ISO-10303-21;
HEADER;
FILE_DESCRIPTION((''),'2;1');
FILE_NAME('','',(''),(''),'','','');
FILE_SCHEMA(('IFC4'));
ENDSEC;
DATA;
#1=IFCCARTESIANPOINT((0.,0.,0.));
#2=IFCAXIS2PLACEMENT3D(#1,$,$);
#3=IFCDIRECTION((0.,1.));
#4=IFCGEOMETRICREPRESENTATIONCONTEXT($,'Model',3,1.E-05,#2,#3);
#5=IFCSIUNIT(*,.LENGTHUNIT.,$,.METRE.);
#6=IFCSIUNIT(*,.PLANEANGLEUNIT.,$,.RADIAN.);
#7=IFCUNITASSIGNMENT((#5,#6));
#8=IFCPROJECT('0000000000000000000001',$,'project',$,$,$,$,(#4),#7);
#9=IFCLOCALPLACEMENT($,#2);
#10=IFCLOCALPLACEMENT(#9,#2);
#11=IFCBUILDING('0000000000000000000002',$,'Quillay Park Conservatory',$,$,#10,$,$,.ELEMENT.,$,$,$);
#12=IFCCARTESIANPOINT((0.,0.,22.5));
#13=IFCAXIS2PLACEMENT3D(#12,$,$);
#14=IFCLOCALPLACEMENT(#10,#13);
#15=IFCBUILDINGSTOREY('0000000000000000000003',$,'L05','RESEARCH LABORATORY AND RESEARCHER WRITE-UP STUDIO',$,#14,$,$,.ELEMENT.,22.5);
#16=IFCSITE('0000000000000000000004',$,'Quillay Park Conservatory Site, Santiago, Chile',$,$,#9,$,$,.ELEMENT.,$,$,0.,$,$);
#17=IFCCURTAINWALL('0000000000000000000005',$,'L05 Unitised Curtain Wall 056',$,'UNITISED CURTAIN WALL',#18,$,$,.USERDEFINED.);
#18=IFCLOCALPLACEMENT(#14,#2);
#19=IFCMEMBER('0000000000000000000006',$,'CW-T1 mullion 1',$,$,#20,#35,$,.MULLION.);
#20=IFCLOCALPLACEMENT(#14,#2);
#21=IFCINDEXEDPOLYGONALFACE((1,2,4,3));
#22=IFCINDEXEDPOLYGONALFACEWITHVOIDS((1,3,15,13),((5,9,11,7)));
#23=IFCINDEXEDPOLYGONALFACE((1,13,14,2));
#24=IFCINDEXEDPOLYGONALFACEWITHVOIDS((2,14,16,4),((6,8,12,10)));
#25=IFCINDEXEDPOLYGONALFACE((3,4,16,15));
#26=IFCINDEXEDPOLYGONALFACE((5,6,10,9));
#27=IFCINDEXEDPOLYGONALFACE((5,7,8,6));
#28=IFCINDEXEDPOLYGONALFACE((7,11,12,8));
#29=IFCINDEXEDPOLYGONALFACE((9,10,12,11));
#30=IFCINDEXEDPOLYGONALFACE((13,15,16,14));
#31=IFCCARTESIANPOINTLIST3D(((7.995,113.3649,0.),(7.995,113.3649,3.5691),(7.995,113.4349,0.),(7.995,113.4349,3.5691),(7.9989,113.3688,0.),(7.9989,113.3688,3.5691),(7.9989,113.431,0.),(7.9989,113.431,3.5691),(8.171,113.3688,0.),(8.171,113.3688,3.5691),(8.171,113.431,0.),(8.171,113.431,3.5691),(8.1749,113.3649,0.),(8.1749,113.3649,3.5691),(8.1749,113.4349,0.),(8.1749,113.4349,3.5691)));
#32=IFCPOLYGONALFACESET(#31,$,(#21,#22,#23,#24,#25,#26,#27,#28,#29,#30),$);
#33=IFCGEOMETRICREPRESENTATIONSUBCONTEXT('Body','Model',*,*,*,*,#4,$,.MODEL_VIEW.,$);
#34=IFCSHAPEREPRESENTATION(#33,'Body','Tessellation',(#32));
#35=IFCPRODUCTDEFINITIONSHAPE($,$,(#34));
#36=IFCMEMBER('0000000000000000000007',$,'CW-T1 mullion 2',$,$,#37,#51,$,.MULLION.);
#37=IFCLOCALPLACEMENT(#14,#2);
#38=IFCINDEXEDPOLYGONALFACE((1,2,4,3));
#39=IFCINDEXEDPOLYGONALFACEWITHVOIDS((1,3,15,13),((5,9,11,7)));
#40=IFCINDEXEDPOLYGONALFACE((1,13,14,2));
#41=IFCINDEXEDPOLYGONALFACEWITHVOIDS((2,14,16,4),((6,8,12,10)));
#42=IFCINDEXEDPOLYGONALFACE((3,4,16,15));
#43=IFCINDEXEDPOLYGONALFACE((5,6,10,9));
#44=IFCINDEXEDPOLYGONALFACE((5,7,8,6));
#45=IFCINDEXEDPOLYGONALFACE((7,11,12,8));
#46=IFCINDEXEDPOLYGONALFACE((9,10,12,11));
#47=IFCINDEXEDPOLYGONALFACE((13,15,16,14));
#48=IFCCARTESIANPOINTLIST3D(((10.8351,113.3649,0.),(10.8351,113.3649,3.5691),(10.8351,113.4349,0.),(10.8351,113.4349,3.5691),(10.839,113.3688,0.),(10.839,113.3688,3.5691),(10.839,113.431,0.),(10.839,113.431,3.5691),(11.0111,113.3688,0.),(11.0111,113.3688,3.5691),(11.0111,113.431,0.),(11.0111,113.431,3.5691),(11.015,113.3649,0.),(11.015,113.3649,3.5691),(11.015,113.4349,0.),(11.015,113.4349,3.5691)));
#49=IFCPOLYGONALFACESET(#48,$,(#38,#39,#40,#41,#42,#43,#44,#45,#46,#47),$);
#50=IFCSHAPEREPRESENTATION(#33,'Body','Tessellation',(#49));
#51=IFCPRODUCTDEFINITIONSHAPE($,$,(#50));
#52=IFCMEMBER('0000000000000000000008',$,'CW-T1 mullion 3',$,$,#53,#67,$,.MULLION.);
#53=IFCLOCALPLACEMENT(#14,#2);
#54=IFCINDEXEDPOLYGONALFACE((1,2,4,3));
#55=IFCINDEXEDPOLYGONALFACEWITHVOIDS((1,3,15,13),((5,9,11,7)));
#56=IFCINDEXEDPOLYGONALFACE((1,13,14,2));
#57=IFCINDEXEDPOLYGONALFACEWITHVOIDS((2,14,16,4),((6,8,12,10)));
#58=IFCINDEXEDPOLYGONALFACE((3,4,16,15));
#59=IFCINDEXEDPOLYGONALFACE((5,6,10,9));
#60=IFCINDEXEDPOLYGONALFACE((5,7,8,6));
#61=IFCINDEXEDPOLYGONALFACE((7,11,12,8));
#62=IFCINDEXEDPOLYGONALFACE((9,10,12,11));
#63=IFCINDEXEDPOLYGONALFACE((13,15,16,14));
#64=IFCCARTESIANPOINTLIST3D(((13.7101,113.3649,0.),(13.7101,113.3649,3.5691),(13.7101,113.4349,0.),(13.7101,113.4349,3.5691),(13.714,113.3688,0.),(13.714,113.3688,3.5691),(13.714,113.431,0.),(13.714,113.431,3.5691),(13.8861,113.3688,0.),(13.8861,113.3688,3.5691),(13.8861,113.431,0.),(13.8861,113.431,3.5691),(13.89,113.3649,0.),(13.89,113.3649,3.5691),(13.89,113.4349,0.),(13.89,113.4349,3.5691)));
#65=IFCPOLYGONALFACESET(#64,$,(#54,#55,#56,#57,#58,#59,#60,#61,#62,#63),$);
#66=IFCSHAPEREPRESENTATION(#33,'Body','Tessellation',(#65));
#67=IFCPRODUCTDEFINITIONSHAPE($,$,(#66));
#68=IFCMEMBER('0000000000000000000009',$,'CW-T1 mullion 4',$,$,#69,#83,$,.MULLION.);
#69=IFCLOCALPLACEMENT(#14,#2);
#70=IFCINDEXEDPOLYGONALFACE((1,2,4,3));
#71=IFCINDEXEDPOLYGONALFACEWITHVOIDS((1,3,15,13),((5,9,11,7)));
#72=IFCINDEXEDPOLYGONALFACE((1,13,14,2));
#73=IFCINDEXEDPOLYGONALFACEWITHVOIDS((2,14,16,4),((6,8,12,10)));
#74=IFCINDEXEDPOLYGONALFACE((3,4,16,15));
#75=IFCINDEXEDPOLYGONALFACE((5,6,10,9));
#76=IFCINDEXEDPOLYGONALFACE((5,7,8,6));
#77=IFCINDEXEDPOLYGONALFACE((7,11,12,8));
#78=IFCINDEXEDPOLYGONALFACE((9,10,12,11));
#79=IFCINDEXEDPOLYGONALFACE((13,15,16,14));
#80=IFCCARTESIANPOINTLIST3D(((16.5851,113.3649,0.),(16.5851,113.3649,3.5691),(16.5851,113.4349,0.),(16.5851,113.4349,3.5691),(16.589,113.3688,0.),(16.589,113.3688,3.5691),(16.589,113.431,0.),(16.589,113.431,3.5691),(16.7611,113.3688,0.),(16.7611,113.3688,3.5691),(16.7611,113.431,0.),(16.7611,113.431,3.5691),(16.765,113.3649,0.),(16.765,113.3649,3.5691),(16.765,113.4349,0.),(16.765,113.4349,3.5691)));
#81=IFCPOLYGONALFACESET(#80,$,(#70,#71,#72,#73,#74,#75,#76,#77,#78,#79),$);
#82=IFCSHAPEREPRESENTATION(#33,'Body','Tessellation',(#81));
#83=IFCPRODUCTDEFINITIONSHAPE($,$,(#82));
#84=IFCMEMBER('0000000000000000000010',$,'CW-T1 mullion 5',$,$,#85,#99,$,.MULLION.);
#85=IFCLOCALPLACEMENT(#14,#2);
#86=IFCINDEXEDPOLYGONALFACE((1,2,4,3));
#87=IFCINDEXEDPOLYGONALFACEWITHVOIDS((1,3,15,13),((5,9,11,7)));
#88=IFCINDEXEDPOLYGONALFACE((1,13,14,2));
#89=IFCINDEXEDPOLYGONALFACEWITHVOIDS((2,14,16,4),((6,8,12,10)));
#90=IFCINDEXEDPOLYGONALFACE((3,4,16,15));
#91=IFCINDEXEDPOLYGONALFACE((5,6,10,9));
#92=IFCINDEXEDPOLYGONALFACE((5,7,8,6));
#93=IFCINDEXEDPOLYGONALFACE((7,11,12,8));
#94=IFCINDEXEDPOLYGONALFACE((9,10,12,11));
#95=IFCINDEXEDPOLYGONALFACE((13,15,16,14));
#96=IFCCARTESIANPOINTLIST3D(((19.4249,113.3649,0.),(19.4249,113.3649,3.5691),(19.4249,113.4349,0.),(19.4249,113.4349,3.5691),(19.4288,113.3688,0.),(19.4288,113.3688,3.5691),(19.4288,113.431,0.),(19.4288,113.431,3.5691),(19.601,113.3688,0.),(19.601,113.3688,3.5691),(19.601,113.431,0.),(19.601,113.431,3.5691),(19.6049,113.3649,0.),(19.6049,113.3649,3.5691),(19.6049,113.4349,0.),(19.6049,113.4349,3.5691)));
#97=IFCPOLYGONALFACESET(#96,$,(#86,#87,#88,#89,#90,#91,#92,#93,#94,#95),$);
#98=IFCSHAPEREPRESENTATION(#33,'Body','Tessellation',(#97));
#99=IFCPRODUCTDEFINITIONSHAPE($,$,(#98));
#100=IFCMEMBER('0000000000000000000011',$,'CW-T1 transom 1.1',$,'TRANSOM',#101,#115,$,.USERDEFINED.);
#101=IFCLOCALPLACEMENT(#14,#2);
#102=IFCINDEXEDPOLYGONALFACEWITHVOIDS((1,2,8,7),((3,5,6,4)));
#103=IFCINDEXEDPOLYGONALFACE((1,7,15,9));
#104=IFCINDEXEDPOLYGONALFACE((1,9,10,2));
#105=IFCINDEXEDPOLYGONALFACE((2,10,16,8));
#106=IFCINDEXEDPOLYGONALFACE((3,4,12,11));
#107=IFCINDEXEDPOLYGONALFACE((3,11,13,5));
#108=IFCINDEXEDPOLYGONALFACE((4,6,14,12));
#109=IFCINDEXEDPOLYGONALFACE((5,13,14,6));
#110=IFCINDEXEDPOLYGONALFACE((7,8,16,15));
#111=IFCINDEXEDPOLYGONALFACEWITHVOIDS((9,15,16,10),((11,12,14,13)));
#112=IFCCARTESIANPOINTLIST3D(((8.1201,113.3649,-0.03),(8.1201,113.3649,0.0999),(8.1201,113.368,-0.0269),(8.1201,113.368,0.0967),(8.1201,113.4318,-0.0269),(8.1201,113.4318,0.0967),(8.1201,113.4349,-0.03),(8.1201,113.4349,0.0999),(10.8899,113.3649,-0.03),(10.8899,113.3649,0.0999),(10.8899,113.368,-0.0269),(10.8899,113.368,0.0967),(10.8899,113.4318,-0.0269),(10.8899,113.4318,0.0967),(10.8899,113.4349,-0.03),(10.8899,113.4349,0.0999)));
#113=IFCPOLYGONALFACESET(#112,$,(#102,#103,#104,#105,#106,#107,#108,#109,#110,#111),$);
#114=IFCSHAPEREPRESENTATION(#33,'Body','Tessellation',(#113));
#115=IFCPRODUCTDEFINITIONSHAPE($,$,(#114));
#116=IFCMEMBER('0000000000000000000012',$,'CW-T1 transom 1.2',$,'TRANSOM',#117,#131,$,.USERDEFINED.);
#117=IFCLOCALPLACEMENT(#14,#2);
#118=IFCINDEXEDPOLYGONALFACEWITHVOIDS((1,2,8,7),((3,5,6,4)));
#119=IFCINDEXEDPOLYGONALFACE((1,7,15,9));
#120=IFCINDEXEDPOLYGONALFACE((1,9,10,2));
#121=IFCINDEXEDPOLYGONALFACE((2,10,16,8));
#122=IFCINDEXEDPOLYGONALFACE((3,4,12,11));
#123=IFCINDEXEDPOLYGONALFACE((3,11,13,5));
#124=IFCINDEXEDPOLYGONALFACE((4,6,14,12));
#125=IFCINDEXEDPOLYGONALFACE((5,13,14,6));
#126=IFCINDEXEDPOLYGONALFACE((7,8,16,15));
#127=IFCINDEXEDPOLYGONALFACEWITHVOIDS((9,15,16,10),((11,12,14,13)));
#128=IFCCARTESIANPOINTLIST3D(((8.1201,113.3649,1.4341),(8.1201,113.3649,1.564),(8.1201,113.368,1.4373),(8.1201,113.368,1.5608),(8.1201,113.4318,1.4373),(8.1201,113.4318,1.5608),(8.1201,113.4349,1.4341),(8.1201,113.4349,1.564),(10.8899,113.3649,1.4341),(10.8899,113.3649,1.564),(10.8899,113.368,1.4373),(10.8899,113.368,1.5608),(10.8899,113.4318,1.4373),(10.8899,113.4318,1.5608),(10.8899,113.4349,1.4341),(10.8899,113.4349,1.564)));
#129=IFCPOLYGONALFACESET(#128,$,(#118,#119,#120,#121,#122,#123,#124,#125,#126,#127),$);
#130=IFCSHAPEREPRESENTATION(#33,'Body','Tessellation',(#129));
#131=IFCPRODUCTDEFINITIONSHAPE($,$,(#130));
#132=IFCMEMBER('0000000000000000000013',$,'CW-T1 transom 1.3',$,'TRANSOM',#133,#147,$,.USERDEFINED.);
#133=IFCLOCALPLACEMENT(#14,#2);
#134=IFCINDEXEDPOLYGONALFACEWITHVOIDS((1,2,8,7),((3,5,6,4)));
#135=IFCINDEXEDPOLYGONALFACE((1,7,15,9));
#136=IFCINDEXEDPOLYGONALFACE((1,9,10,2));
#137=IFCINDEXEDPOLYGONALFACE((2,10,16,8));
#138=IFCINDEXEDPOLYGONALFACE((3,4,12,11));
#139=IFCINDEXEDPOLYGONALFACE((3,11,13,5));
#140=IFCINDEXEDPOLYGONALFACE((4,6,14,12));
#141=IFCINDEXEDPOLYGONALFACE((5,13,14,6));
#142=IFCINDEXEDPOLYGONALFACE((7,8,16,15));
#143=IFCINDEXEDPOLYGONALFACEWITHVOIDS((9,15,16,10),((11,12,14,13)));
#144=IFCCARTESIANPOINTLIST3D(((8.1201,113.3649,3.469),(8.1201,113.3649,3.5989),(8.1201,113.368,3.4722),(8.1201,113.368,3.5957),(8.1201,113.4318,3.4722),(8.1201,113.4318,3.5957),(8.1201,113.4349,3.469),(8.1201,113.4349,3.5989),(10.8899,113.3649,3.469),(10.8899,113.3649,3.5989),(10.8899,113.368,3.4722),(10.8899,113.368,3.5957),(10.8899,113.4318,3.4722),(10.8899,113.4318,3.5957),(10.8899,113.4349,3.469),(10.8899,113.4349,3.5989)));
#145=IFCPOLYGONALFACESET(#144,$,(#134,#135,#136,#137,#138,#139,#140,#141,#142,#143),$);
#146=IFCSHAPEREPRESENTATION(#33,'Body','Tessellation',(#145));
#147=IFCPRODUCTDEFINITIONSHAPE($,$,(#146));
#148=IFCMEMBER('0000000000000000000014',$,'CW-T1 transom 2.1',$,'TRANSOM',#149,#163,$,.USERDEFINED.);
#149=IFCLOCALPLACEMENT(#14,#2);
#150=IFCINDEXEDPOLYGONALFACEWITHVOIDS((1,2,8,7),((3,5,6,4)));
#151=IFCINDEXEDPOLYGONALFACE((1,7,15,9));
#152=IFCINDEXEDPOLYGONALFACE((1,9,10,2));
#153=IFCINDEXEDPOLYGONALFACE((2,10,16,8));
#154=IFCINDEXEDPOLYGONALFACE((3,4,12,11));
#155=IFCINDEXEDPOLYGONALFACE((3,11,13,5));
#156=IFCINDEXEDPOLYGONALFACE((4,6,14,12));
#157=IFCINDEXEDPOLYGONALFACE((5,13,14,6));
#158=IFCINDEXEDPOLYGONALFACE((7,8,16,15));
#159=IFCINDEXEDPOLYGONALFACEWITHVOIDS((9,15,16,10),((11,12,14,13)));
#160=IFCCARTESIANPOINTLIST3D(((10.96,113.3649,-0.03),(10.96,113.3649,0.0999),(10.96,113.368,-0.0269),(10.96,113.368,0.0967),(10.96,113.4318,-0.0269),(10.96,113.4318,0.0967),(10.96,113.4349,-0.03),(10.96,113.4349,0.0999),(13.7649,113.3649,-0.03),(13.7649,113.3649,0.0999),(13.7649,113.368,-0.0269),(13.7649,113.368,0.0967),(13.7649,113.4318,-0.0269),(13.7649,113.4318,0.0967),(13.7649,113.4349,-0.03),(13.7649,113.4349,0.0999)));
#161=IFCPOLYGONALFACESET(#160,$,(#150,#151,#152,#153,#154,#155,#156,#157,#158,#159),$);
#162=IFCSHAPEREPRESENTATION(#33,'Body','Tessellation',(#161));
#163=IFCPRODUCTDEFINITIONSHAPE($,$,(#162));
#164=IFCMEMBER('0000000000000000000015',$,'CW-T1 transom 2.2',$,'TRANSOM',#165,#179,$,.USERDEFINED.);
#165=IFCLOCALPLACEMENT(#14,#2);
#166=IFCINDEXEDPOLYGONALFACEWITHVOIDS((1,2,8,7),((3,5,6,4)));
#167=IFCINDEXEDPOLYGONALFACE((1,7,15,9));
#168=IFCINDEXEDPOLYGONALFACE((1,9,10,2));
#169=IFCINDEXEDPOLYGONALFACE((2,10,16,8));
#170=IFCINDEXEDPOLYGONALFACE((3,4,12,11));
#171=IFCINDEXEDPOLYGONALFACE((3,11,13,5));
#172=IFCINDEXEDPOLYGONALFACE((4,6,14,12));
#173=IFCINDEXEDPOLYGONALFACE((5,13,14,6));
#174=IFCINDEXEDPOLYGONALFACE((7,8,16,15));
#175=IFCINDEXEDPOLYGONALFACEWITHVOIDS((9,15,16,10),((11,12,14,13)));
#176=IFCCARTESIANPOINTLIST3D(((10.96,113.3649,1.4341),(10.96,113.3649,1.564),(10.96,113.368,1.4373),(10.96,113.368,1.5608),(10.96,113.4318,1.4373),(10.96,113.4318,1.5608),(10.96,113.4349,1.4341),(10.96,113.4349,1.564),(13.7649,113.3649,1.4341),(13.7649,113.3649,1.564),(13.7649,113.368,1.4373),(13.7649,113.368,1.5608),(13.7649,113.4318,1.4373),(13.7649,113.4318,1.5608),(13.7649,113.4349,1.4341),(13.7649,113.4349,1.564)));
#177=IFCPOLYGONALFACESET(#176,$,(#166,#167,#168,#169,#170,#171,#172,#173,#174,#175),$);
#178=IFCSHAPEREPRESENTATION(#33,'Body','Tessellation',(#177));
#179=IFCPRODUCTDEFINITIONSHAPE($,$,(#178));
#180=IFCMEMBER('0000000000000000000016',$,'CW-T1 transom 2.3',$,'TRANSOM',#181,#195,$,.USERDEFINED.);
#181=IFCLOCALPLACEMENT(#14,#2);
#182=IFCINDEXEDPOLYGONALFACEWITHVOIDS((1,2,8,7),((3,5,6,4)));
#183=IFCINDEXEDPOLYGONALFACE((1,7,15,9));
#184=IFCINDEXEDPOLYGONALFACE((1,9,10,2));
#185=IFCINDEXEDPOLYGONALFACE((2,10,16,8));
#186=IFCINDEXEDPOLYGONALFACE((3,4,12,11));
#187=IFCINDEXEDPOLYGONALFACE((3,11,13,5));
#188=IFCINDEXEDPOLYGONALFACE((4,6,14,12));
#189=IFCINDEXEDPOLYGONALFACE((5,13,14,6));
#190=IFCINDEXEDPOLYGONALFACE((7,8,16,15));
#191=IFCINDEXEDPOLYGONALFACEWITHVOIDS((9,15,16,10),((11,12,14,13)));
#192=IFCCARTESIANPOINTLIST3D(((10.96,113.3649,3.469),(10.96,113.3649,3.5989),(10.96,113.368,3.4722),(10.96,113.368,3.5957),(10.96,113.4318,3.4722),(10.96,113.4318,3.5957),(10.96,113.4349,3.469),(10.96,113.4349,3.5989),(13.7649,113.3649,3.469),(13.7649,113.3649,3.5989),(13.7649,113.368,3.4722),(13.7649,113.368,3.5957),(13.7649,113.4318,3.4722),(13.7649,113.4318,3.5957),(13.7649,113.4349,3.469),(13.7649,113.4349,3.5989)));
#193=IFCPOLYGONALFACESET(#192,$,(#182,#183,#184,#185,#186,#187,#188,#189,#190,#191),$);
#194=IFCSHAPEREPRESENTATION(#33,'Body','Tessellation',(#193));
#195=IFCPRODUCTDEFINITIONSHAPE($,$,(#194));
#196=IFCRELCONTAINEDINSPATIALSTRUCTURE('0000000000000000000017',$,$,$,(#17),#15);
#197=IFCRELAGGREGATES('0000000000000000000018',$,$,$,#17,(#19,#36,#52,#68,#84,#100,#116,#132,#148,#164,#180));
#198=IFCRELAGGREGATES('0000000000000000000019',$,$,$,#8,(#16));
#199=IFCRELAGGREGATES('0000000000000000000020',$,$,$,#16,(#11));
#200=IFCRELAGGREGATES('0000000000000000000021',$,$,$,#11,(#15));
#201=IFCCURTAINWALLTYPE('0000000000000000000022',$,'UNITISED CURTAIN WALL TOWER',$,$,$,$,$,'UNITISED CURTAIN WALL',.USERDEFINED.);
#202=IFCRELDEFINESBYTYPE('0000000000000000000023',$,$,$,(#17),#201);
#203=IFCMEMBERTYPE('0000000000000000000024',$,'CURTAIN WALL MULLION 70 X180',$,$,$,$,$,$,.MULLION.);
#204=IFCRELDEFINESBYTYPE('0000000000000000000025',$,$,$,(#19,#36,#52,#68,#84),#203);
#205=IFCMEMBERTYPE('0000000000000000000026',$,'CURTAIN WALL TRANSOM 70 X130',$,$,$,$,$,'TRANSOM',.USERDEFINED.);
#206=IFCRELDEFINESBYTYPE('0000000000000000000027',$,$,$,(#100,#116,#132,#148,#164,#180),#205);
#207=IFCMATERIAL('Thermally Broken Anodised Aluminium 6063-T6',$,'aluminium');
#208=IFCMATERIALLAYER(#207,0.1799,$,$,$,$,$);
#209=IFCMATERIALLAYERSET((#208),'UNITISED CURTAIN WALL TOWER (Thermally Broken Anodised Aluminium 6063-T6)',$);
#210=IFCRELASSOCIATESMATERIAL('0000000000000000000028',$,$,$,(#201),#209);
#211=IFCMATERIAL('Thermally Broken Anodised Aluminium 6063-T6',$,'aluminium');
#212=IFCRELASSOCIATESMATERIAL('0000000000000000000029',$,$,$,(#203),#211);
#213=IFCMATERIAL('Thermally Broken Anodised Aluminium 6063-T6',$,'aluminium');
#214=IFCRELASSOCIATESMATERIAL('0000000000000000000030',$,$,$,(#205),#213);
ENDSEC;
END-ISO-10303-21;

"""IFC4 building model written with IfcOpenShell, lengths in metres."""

from ifc_helpers import new_model, si_unit, direction, frame, origin, origin_2d, place, context, subcontext, project, spatial, hollow_rectangle, extrude, material, layer, layer_set, material_profile, profile_set, type_object, element, aggregate, save


model = new_model("IFC4")

# Units and contexts
model_context = context("Model", 3, precision=1e-05, world=origin(), true_north=direction((0.0, 1.0)))
body_context = subcontext(model_context, "Body", "Model", "MODEL_VIEW")
ifc_project = project(units=[si_unit("LENGTHUNIT", "METRE"), si_unit("PLANEANGLEUNIT", "RADIAN")], contexts=[model_context])

# Site, building, storey
site_placement = place(None, origin())
site = spatial("IfcSite", under=ifc_project, at=site_placement, Name="Quillay Park Conservatory Site, Santiago, Chile", CompositionType="ELEMENT", RefElevation=0.0)
building_placement = place(site_placement, origin())
building = spatial("IfcBuilding", under=site, at=building_placement, Name="Quillay Park Conservatory", CompositionType="ELEMENT")
storey_placement = place(building_placement, frame((0.0, 0.0, 22.5)))
storey = spatial("IfcBuildingStorey", under=building, at=storey_placement, Name="L05", Description="RESEARCH LABORATORY AND RESEARCHER WRITE-UP STUDIO", CompositionType="ELEMENT", Elevation=22.5)

# Curtain wall, members
ifc_material_1 = material(Name="Thermally Broken Anodised Aluminium 6063-T6", Category="aluminium")
ifc_layer_1 = layer(ifc_material_1, 0.1799)
ifc_layer_set_1 = layer_set([ifc_layer_1], Name="UNITISED CURTAIN WALL TOWER (Thermally Broken Anodised Aluminium 6063-T6)")
curtain_wall_type = type_object("IfcCurtainWallType", Name="UNITISED CURTAIN WALL TOWER", ElementType="UNITISED CURTAIN WALL", PredefinedType="USERDEFINED", material=ifc_layer_set_1)
curtain_wall_placement = place(storey_placement, origin())
curtain_wall = element("IfcCurtainWall", 1, at=curtain_wall_placement, inside=storey, type_object=curtain_wall_type, Name="L05 Unitised Curtain Wall 056", ObjectType="UNITISED CURTAIN WALL", PredefinedType="USERDEFINED")
ifc_material_2 = material(Name="Thermally Broken Anodised Aluminium 6063-T6", Category="aluminium")
ifc_material_profile_1 = material_profile(ifc_material_2, hollow_rectangle(XDim=0.0701, YDim=0.1799, WallThickness=0.0039, at=origin_2d()), Name="AL70x180x4")
ifc_profile_set_1 = profile_set([ifc_material_profile_1], Name="Thermally Broken Anodised Aluminium 6063-T6")
member_type_1 = type_object("IfcMemberType", Name="CURTAIN WALL MULLION 70 X180", PredefinedType="MULLION", material=ifc_profile_set_1)
member_1_placement = place(storey_placement, frame((8.085, 113.3999, 0.0), z_axis=(0.0, 0.0, 1.0), x_axis=(0.0, 1.0, 0.0)))
member_1 = element("IfcMember", 2, at=member_1_placement, type_object=member_type_1, Name="CW-T1 mullion 1", PredefinedType="MULLION", context=body_context, shape_type="SweptSolid", body=[
    extrude(hollow_rectangle(XDim=0.0701, YDim=0.1799, WallThickness=0.0039, at=origin_2d()), origin(), (0.0, 0.0, 1.0), 3.5691),
])
member_2_placement = place(storey_placement, frame((10.925, 113.3999, 0.0), z_axis=(0.0, 0.0, 1.0), x_axis=(0.0, 1.0, 0.0)))
member_2 = element("IfcMember", 3, at=member_2_placement, type_object=member_type_1, Name="CW-T1 mullion 2", PredefinedType="MULLION", context=body_context, shape_type="SweptSolid", body=[
    extrude(hollow_rectangle(XDim=0.0701, YDim=0.1799, WallThickness=0.0039, at=origin_2d()), origin(), (0.0, 0.0, 1.0), 3.5691),
])
member_3_placement = place(storey_placement, frame((13.8, 113.3999, 0.0), z_axis=(0.0, 0.0, 1.0), x_axis=(0.0, 1.0, 0.0)))
member_3 = element("IfcMember", 4, at=member_3_placement, type_object=member_type_1, Name="CW-T1 mullion 3", PredefinedType="MULLION", context=body_context, shape_type="SweptSolid", body=[
    extrude(hollow_rectangle(XDim=0.0701, YDim=0.1799, WallThickness=0.0039, at=origin_2d()), origin(), (0.0, 0.0, 1.0), 3.5691),
])
member_4_placement = place(storey_placement, frame((16.675, 113.3999, 0.0), z_axis=(0.0, 0.0, 1.0), x_axis=(0.0, 1.0, 0.0)))
member_4 = element("IfcMember", 5, at=member_4_placement, type_object=member_type_1, Name="CW-T1 mullion 4", PredefinedType="MULLION", context=body_context, shape_type="SweptSolid", body=[
    extrude(hollow_rectangle(XDim=0.0701, YDim=0.1799, WallThickness=0.0039, at=origin_2d()), origin(), (0.0, 0.0, 1.0), 3.5691),
])
member_5_placement = place(storey_placement, frame((19.5149, 113.3999, 0.0), z_axis=(0.0, 0.0, 1.0), x_axis=(0.0, 1.0, 0.0)))
member_5 = element("IfcMember", 6, at=member_5_placement, type_object=member_type_1, Name="CW-T1 mullion 5", PredefinedType="MULLION", context=body_context, shape_type="SweptSolid", body=[
    extrude(hollow_rectangle(XDim=0.0701, YDim=0.1799, WallThickness=0.0039, at=origin_2d()), origin(), (0.0, 0.0, 1.0), 3.5691),
])
ifc_material_3 = material(Name="Thermally Broken Anodised Aluminium 6063-T6", Category="aluminium")
ifc_material_profile_2 = material_profile(ifc_material_3, hollow_rectangle(XDim=0.0701, YDim=0.1299, WallThickness=0.0032, at=origin_2d()), Name="AL70x130x3.2")
ifc_profile_set_2 = profile_set([ifc_material_profile_2], Name="Thermally Broken Anodised Aluminium 6063-T6")
member_type_2 = type_object("IfcMemberType", Name="CURTAIN WALL TRANSOM 70 X130", ElementType="TRANSOM", PredefinedType="USERDEFINED", material=ifc_profile_set_2)
member_6_placement = place(storey_placement, frame((8.1201, 113.3999, 0.0349), z_axis=(1.0, 0.0, 0.0), x_axis=(0.0, 1.0, 0.0)))
member_6 = element("IfcMember", 7, at=member_6_placement, type_object=member_type_2, Name="CW-T1 transom 1.1", ObjectType="TRANSOM", PredefinedType="USERDEFINED", context=body_context, shape_type="SweptSolid", body=[
    extrude(hollow_rectangle(XDim=0.0701, YDim=0.1299, WallThickness=0.0032, at=origin_2d()), origin(), (0.0, 0.0, 1.0), 2.7698),
])
member_7_placement = place(storey_placement, frame((8.1201, 113.3999, 1.499), z_axis=(1.0, 0.0, 0.0), x_axis=(0.0, 1.0, 0.0)))
member_7 = element("IfcMember", 8, at=member_7_placement, type_object=member_type_2, Name="CW-T1 transom 1.2", ObjectType="TRANSOM", PredefinedType="USERDEFINED", context=body_context, shape_type="SweptSolid", body=[
    extrude(hollow_rectangle(XDim=0.0701, YDim=0.1299, WallThickness=0.0032, at=origin_2d()), origin(), (0.0, 0.0, 1.0), 2.7698),
])
member_8_placement = place(storey_placement, frame((8.1201, 113.3999, 3.5339), z_axis=(1.0, 0.0, 0.0), x_axis=(0.0, 1.0, 0.0)))
member_8 = element("IfcMember", 9, at=member_8_placement, type_object=member_type_2, Name="CW-T1 transom 1.3", ObjectType="TRANSOM", PredefinedType="USERDEFINED", context=body_context, shape_type="SweptSolid", body=[
    extrude(hollow_rectangle(XDim=0.0701, YDim=0.1299, WallThickness=0.0032, at=origin_2d()), origin(), (0.0, 0.0, 1.0), 2.7698),
])
member_9_placement = place(storey_placement, frame((10.96, 113.3999, 0.0349), z_axis=(1.0, 0.0, 0.0), x_axis=(0.0, 1.0, 0.0)))
member_9 = element("IfcMember", 10, at=member_9_placement, type_object=member_type_2, Name="CW-T1 transom 2.1", ObjectType="TRANSOM", PredefinedType="USERDEFINED", context=body_context, shape_type="SweptSolid", body=[
    extrude(hollow_rectangle(XDim=0.0701, YDim=0.1299, WallThickness=0.0032, at=origin_2d()), origin(), (0.0, 0.0, 1.0), 2.8049),
])
member_10_placement = place(storey_placement, frame((10.96, 113.3999, 1.499), z_axis=(1.0, 0.0, 0.0), x_axis=(0.0, 1.0, 0.0)))
member_10 = element("IfcMember", 11, at=member_10_placement, type_object=member_type_2, Name="CW-T1 transom 2.2", ObjectType="TRANSOM", PredefinedType="USERDEFINED", context=body_context, shape_type="SweptSolid", body=[
    extrude(hollow_rectangle(XDim=0.0701, YDim=0.1299, WallThickness=0.0032, at=origin_2d()), origin(), (0.0, 0.0, 1.0), 2.8049),
])
member_11_placement = place(storey_placement, frame((10.96, 113.3999, 3.5339), z_axis=(1.0, 0.0, 0.0), x_axis=(0.0, 1.0, 0.0)))
member_11 = element("IfcMember", 12, at=member_11_placement, type_object=member_type_2, Name="CW-T1 transom 2.3", ObjectType="TRANSOM", PredefinedType="USERDEFINED", context=body_context, shape_type="SweptSolid", body=[
    extrude(hollow_rectangle(XDim=0.0701, YDim=0.1299, WallThickness=0.0032, at=origin_2d()), origin(), (0.0, 0.0, 1.0), 2.8049),
])

aggregate(curtain_wall, [member_1, member_2, member_3, member_4, member_5, member_6, member_7, member_8, member_9, member_10, member_11])

save(model, "model.ifc")
